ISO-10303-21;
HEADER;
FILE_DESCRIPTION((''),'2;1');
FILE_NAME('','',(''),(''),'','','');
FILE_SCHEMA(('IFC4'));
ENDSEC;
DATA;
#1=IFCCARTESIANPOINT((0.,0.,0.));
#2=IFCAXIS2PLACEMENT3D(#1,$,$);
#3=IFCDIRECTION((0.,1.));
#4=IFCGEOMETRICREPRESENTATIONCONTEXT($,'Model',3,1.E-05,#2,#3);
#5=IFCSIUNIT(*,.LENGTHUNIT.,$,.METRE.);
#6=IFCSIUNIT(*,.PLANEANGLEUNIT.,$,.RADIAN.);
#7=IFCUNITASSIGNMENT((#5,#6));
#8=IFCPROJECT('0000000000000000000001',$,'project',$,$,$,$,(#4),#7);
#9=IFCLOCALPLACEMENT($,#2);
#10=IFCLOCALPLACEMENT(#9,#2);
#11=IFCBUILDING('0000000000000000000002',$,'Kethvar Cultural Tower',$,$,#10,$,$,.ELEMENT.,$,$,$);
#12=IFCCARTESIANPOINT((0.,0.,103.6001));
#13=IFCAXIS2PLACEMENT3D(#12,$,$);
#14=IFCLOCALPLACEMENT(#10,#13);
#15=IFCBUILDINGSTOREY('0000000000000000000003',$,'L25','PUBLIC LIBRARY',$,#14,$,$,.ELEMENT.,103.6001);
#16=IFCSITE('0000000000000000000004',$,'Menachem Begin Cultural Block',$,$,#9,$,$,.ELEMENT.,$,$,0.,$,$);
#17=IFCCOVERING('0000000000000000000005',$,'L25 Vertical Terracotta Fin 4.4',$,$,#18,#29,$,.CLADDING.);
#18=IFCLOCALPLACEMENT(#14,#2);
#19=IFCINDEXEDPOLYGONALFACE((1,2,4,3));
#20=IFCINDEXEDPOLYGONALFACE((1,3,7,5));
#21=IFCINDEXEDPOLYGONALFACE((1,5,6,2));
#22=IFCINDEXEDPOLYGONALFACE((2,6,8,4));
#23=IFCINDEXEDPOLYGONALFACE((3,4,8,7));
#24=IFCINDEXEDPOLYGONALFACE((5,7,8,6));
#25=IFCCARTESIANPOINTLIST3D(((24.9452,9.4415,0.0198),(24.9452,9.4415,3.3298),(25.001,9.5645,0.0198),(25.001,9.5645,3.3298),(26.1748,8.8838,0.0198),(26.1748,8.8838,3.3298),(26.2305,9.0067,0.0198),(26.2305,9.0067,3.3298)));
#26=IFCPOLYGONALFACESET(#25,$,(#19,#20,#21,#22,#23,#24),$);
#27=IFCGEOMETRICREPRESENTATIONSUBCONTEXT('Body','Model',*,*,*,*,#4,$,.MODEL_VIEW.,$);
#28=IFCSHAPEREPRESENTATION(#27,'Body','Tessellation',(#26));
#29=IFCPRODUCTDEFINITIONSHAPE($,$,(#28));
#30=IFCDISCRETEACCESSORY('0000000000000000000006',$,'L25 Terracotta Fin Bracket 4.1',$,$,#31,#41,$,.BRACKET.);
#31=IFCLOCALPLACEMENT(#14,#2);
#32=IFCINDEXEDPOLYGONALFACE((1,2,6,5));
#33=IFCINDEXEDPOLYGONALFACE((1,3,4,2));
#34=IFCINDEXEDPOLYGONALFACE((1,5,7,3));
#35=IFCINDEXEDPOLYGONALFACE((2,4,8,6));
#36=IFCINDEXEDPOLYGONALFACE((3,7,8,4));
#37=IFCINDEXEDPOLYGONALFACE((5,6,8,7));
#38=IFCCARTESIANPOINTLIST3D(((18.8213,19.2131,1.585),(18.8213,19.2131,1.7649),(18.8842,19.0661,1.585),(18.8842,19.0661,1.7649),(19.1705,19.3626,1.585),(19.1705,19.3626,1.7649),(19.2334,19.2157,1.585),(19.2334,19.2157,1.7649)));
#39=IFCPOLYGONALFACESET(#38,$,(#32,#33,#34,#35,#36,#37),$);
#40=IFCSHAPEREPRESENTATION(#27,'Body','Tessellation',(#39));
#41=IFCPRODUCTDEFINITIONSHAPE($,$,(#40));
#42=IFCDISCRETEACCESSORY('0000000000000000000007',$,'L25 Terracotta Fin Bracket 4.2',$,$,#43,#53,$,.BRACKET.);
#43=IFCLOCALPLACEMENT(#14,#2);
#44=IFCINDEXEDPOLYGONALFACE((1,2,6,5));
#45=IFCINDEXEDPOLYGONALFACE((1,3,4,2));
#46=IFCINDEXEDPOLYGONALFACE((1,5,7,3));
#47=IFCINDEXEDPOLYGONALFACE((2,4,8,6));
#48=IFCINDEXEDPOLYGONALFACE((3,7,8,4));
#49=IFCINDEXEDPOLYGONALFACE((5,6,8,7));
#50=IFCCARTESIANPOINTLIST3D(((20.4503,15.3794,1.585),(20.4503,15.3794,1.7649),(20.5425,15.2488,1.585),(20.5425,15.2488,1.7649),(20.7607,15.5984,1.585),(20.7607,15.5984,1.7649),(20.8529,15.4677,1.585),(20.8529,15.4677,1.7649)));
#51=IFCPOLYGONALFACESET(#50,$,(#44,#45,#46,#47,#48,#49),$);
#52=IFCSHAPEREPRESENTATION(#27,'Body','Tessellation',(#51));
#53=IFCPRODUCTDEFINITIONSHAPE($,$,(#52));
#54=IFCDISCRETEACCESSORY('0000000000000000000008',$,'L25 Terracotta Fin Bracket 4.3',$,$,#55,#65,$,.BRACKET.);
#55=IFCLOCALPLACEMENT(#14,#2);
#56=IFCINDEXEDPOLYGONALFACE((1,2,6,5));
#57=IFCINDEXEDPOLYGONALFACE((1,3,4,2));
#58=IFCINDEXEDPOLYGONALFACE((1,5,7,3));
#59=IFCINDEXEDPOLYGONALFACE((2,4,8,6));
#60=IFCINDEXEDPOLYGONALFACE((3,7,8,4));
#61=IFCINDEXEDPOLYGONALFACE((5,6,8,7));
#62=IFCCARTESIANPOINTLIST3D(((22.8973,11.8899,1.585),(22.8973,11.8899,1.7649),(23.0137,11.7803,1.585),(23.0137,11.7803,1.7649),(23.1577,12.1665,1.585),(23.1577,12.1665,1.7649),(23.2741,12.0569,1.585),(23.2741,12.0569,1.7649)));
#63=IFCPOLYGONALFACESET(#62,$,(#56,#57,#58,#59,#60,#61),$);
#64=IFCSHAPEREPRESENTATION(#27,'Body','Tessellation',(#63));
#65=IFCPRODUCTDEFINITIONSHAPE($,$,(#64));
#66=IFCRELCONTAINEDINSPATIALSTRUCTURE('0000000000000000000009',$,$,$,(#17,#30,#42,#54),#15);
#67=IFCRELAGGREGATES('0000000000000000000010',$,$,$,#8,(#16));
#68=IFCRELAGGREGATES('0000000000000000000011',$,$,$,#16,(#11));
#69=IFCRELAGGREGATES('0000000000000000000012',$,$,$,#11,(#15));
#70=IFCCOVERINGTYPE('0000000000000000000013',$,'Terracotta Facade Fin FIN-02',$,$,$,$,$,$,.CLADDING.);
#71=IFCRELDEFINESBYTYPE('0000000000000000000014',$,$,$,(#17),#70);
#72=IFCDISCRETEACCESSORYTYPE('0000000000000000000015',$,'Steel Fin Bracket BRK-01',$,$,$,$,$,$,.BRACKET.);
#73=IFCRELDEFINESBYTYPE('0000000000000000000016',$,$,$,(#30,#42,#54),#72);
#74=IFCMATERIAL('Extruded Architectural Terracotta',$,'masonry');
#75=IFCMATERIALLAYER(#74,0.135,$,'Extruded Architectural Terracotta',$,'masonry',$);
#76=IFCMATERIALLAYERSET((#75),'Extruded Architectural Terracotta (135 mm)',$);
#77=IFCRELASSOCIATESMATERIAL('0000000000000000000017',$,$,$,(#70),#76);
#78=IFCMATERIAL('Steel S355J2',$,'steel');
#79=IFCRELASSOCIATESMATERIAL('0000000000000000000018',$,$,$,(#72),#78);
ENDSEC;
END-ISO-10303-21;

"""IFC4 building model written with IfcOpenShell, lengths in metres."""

from ifc_helpers import new_model, si_unit, direction, frame, origin, origin_2d, place, context, subcontext, project, spatial, rectangle, extrude, source, transform, mapped, material, layer, layer_set, type_object, element, save


model = new_model("IFC4")

# Units and contexts
model_context = context("Model", 3, precision=1e-05, world=origin(), true_north=direction((0.0, 1.0)))
body_context = subcontext(model_context, "Body", "Model", "MODEL_VIEW")
ifc_project = project(units=[si_unit("LENGTHUNIT", "METRE"), si_unit("PLANEANGLEUNIT", "RADIAN")], contexts=[model_context])

# Site, building, storey
site_placement = place(None, origin())
site = spatial("IfcSite", under=ifc_project, at=site_placement, Name="Menachem Begin Cultural Block", CompositionType="ELEMENT", RefElevation=0.0)
building_placement = place(site_placement, origin())
building = spatial("IfcBuilding", under=site, at=building_placement, Name="Kethvar Cultural Tower", CompositionType="ELEMENT")
storey_placement = place(building_placement, frame((0.0, 0.0, 103.6001)))
storey = spatial("IfcBuildingStorey", under=building, at=storey_placement, Name="L25", Description="PUBLIC LIBRARY", CompositionType="ELEMENT", Elevation=103.6001)

# Shared definitions
ifc_material_1 = material(Name="Steel S355J2", Category="steel")

# Covering
ifc_material_2 = material(Name="Extruded Architectural Terracotta", Category="masonry")
ifc_layer_1 = layer(ifc_material_2, 0.135, Name="Extruded Architectural Terracotta", Category="masonry")
ifc_layer_set_1 = layer_set([ifc_layer_1], Name="Extruded Architectural Terracotta (135 mm)")
covering_type_1 = type_object("IfcCoveringType", Name="Terracotta Facade Fin FIN-02", PredefinedType="CLADDING", material=ifc_layer_set_1)
shared_shape_1 = source(origin(), body_context, "Body", "SweptSolid", [
    extrude(rectangle(XDim=1.3501, YDim=0.135, at=origin_2d()), origin(), (0.0, 0.0, 1.0), 3.3101),
])
for number, where, z_axis, x_axis, name in (
    (1, (25.5879, 9.2241, 0.0198), (0.0, 0.0, 1.0), (-0.910684, 0.413104, 0.0), "L25 Vertical Terracotta Fin 4.4"),
):
    element("IfcCovering", number, at=place(storey_placement, frame(where, z_axis=z_axis, x_axis=x_axis)), inside=storey, type_object=covering_type_1, Name=name, PredefinedType="CLADDING", context=body_context, shape_type="MappedRepresentation", body=[
        mapped(shared_shape_1, transform((0.0, 0.0, 0.0), scale=1.0)),
    ])

# Discrete accessories
discrete_accessory_type = type_object("IfcDiscreteAccessoryType", Name="Steel Fin Bracket BRK-01", PredefinedType="BRACKET", material=ifc_material_1)
shared_shape_2 = source(origin(), body_context, "Body", "SweptSolid", [
    extrude(rectangle(XDim=0.3799, YDim=0.1599, at=origin_2d()), origin(), (0.0, 0.0, 1.0), 0.1799),
])
for number, where, z_axis, x_axis, name in (
    (2, (19.0273, 19.2144, 1.585), (0.0, 0.0, 1.0), (-0.919204, -0.393781, 0.0), "L25 Terracotta Fin Bracket 4.1"),
    (3, (20.6516, 15.4236, 1.585), (0.0, 0.0, 1.0), (-0.817145, -0.576432, 0.0), "L25 Terracotta Fin Bracket 4.2"),
    (4, (23.0857, 11.9734, 1.585), (0.0, 0.0, 1.0), (-0.685437, -0.728132, 0.0), "L25 Terracotta Fin Bracket 4.3"),
):
    element("IfcDiscreteAccessory", number, at=place(storey_placement, frame(where, z_axis=z_axis, x_axis=x_axis)), inside=storey, type_object=discrete_accessory_type, Name=name, PredefinedType="BRACKET", context=body_context, shape_type="MappedRepresentation", body=[
        mapped(shared_shape_2, transform((0.0, 0.0, 0.0), scale=1.0)),
    ])

save(model, "model.ifc")
